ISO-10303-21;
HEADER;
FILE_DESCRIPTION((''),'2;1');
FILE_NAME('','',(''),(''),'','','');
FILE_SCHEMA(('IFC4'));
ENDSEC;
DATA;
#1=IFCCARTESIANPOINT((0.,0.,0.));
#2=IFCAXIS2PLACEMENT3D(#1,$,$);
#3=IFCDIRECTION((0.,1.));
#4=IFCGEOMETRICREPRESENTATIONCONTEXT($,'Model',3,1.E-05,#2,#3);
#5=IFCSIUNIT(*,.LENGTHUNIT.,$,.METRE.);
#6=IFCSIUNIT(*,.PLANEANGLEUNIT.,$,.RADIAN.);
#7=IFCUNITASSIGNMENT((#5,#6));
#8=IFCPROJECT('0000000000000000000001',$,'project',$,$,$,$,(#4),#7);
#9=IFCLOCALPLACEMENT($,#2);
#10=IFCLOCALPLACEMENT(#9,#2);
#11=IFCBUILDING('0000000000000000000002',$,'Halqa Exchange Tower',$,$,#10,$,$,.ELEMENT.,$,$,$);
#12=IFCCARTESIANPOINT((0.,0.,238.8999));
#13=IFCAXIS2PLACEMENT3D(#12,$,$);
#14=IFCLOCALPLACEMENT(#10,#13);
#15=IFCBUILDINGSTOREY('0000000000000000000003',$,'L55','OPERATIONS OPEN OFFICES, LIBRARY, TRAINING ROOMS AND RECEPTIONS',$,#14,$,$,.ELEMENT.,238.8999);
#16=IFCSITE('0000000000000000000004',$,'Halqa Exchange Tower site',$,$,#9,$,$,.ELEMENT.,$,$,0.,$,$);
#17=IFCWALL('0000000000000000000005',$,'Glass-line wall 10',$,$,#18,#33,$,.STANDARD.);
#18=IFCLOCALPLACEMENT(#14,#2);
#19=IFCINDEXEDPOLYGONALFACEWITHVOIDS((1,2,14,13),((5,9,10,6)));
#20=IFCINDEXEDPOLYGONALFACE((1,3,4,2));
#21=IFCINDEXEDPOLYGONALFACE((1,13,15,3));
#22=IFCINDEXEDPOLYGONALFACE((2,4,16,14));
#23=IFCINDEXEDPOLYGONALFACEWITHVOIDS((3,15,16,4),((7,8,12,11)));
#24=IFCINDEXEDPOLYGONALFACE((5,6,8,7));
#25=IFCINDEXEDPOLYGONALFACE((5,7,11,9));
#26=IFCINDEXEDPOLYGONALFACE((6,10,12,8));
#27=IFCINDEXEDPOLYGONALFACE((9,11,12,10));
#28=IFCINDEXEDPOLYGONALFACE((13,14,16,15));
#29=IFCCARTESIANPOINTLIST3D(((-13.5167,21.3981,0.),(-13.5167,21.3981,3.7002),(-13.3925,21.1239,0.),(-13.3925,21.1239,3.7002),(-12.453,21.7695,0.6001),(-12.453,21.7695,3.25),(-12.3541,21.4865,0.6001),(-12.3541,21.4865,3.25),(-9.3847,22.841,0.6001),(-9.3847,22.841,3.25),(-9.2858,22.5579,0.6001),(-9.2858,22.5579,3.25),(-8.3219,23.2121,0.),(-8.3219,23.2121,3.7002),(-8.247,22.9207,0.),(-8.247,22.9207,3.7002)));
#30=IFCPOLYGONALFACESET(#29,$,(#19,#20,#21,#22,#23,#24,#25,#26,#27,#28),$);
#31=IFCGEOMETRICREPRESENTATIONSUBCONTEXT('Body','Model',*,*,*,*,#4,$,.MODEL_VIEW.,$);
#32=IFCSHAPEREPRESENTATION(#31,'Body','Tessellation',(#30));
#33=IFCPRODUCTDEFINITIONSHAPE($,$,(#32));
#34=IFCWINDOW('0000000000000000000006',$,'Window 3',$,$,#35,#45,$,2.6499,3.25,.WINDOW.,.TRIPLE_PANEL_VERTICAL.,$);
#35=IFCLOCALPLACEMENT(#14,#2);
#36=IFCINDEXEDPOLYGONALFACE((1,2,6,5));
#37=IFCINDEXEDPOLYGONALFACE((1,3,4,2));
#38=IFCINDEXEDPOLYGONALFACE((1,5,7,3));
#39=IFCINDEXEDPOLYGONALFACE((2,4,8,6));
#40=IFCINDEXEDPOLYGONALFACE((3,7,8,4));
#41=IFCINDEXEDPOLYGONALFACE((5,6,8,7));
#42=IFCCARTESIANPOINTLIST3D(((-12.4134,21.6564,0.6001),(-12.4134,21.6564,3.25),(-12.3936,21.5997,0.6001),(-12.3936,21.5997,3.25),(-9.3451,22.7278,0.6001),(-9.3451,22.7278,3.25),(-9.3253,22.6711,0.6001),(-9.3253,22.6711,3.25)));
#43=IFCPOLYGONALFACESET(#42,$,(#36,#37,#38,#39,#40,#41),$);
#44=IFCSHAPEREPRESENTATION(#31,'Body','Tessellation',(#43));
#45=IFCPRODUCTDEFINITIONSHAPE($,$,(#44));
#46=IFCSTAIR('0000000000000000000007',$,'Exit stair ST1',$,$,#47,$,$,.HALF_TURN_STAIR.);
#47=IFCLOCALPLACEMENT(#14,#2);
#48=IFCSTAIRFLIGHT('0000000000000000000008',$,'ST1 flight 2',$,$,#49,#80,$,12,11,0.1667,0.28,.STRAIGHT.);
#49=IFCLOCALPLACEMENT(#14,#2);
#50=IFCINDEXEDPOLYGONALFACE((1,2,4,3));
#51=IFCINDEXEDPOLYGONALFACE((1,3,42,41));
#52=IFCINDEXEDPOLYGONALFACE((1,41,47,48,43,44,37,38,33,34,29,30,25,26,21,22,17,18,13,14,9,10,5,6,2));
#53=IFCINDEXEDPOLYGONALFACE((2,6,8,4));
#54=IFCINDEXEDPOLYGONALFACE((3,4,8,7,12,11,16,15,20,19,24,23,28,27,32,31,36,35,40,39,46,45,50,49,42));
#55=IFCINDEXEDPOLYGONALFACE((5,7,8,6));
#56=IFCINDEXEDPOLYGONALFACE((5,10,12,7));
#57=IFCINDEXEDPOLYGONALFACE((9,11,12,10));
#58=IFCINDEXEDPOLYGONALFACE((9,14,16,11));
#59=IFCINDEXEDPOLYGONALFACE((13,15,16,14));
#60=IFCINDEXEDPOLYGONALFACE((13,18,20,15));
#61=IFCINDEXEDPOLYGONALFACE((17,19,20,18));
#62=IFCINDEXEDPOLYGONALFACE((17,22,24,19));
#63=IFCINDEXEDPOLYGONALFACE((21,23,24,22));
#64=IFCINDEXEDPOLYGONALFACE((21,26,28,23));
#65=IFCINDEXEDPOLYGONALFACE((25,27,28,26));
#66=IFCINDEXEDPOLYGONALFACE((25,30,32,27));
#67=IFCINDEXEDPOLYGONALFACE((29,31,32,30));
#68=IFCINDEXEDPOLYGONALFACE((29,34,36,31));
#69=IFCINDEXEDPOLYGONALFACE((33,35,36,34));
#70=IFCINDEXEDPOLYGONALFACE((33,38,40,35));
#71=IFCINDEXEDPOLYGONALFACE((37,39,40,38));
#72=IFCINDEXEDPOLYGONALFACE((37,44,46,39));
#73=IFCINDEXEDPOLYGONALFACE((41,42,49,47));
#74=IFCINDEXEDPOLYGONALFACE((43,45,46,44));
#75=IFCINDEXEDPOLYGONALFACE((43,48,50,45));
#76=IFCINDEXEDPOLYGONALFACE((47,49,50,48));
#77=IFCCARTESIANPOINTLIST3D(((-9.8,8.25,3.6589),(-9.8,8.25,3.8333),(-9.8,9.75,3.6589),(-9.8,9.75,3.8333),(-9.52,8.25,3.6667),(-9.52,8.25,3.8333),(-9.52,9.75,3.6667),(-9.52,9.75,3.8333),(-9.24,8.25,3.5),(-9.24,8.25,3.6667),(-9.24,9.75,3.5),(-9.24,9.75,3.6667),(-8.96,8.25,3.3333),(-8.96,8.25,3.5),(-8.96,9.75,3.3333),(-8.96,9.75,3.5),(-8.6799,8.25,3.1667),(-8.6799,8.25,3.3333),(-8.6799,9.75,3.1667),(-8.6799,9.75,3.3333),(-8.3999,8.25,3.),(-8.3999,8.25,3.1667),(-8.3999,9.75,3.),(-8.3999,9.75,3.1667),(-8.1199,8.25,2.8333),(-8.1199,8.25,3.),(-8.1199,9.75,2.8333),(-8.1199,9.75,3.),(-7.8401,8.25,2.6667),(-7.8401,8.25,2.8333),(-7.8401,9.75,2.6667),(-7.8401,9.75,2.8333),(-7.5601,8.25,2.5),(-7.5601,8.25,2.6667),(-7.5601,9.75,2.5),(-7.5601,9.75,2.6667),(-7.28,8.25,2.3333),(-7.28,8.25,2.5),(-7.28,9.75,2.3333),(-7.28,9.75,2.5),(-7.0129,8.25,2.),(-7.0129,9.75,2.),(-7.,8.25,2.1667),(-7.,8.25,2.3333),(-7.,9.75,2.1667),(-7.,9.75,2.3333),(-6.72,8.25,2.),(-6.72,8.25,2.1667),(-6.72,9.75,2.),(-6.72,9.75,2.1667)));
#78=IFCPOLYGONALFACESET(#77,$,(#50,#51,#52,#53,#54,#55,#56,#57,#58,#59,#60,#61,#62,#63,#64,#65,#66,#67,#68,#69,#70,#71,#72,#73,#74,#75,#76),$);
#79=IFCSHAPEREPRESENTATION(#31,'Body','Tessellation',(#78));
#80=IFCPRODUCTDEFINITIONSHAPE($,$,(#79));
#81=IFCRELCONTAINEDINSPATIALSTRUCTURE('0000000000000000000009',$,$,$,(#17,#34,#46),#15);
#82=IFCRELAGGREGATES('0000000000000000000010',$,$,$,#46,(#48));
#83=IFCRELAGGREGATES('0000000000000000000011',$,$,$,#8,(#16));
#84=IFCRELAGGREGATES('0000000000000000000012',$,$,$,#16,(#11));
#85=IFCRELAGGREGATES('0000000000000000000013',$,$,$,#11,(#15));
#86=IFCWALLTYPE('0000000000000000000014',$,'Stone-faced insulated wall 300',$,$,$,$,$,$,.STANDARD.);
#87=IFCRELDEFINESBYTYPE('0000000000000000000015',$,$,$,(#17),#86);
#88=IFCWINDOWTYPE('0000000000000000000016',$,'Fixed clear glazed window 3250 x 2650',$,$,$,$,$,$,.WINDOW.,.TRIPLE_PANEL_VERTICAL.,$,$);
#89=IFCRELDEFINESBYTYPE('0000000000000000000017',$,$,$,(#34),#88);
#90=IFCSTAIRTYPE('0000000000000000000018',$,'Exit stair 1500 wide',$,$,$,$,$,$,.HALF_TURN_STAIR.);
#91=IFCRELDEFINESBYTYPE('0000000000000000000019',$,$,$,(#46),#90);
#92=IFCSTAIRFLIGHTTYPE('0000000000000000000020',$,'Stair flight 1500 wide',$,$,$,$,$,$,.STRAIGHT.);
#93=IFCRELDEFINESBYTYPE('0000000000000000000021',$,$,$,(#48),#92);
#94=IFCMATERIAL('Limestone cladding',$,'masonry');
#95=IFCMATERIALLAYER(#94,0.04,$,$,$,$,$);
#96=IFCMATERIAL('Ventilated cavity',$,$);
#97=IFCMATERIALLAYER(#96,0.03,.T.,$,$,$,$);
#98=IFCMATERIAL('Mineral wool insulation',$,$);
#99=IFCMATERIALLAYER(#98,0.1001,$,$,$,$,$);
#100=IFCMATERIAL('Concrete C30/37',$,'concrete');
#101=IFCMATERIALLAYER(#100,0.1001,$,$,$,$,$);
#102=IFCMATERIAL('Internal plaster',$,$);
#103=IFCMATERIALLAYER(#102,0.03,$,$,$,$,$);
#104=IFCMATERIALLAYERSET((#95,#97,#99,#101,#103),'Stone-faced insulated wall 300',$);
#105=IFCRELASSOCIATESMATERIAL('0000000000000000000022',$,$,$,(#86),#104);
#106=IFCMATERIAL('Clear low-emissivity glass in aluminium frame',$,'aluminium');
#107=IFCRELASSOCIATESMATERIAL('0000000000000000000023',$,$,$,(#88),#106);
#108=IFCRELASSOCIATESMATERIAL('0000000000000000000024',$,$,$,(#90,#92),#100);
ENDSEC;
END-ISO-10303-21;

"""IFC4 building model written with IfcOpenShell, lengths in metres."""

from ifc_helpers import new_model, si_unit, direction, frame, frame_2d, origin, place, context, subcontext, project, spatial, polyline, rectangle, outline, extrude, material, layer, layer_set, type_object, element, fill, aggregate, save


model = new_model("IFC4")

# Units and contexts
model_context = context("Model", 3, precision=1e-05, world=origin(), true_north=direction((0.0, 1.0)))
body_context = subcontext(model_context, "Body", "Model", "MODEL_VIEW")
ifc_project = project(units=[si_unit("LENGTHUNIT", "METRE"), si_unit("PLANEANGLEUNIT", "RADIAN")], contexts=[model_context])

# Site, building, storey
site_placement = place(None, origin())
site = spatial("IfcSite", under=ifc_project, at=site_placement, Name="Halqa Exchange Tower site", CompositionType="ELEMENT", RefElevation=0.0)
building_placement = place(site_placement, origin())
building = spatial("IfcBuilding", under=site, at=building_placement, Name="Halqa Exchange Tower", CompositionType="ELEMENT")
storey_placement = place(building_placement, frame((0.0, 0.0, 238.8999)))
storey = spatial("IfcBuildingStorey", under=building, at=storey_placement, Name="L55", Description="OPERATIONS OPEN OFFICES, LIBRARY, TRAINING ROOMS AND RECEPTIONS", CompositionType="ELEMENT", Elevation=238.8999)

# Shared definitions
ifc_material_1 = material(Name="Concrete C30/37", Category="concrete")

# Wall, opening, window
ifc_material_2 = material(Name="Limestone cladding", Category="masonry")
ifc_layer_1 = layer(ifc_material_2, 0.04)
ifc_material_3 = material(Name="Ventilated cavity")
ifc_layer_2 = layer(ifc_material_3, 0.03, ventilated=True)
ifc_material_4 = material(Name="Mineral wool insulation")
ifc_layer_3 = layer(ifc_material_4, 0.1001)
ifc_layer_4 = layer(ifc_material_1, 0.1001)
ifc_material_5 = material(Name="Internal plaster")
ifc_layer_5 = layer(ifc_material_5, 0.03)
ifc_layer_set_1 = layer_set([ifc_layer_1, ifc_layer_2, ifc_layer_3, ifc_layer_4, ifc_layer_5], Name="Stone-faced insulated wall 300")
wall_type_1 = type_object("IfcWallType", Name="Stone-faced insulated wall 300", PredefinedType="STANDARD", material=ifc_layer_set_1)
ifc_material_6 = material(Name="Clear low-emissivity glass in aluminium frame", Category="aluminium")
window_type = type_object("IfcWindowType", Name="Fixed clear glazed window 3250 x 2650", PartitioningType="TRIPLE_PANEL_VERTICAL", PredefinedType="WINDOW", material=ifc_material_6)
wall_1_placement = place(storey_placement, frame((-8.2844, 23.0664, 0.0), z_axis=(0.0, 0.0, 1.0), x_axis=(-0.944094, -0.329677, 0.0)))
wall_1 = element("IfcWall", 1, at=wall_1_placement, inside=storey, type_object=wall_type_1, Name="Glass-line wall 10", PredefinedType="STANDARD", context=body_context, shape_type="SweptSolid", body=[
    extrude(outline(polyline([(-0.0127, -0.1499), (5.4897, -0.1499), (5.4629, 0.1499), (0.0127, 0.1499), (-0.0127, -0.1499)])), origin(), (0.0, 0.0, 1.0), 3.7002),
])
opening_1_placement = place(wall_1_placement, frame((1.113, 0.0, 0.6001)))
opening_1 = element("IfcOpeningElement", 2, at=opening_1_placement, cuts=wall_1, PredefinedType="OPENING", context=body_context, shape_type="SweptSolid", body=[
    extrude(rectangle(XDim=3.25, YDim=2.6499, at=frame_2d((1.625, 1.325))), frame((0.0, 0.1621, 0.0), z_axis=(0.0, -1.0, 0.0), x_axis=(1.0, 0.0, 0.0)), (0.0, 0.0, 1.0), 0.324),
])
window_1_placement = place(opening_1_placement, origin())
window_1 = element("IfcWindow", 3, at=window_1_placement, inside=storey, type_object=window_type, Name="Window 3", OverallHeight=2.6499, OverallWidth=3.25, PartitioningType="TRIPLE_PANEL_VERTICAL", PredefinedType="WINDOW", context=body_context, shape_type="SweptSolid", body=[
    extrude(rectangle(XDim=3.25, YDim=2.6499, at=frame_2d((1.625, 1.325))), frame((0.0, 0.03, 0.0), z_axis=(0.0, -1.0, 0.0), x_axis=(1.0, 0.0, 0.0)), (0.0, 0.0, 1.0), 0.0601),
])
fill(opening_1, window_1)

# Stair, stair flight
stair_type = type_object("IfcStairType", Name="Exit stair 1500 wide", PredefinedType="HALF_TURN_STAIR", material=ifc_material_1)
stair_placement = place(storey_placement, origin())
stair = element("IfcStair", 4, at=stair_placement, inside=storey, type_object=stair_type, Name="Exit stair ST1", PredefinedType="HALF_TURN_STAIR")
stair_flight_type = type_object("IfcStairFlightType", Name="Stair flight 1500 wide", PredefinedType="STRAIGHT", material=ifc_material_1)
stair_flight_placement = place(storey_placement, frame((-6.72, 9.0, 2.0), z_axis=(0.0, 0.0, 1.0), x_axis=(-1.0, 0.0, 0.0)))
stair_flight = element("IfcStairFlight", 5, at=stair_flight_placement, type_object=stair_flight_type, Name="ST1 flight 2", NumberOfRisers=12, NumberOfTreads=11, PredefinedType="STRAIGHT", RiserHeight=0.1667, TreadLength=0.28, context=body_context, shape_type="SweptSolid", body=[
    extrude(outline(polyline([(0.0, 0.0), (0.0, 0.1667), (0.28, 0.1667), (0.28, 0.3333), (0.5601, 0.3333), (0.5601, 0.5), (0.8401, 0.5), (0.8401, 0.6667), (1.1201, 0.6667), (1.1201, 0.8333), (1.3999, 0.8333), (1.3999, 1.0), (1.6799, 1.0), (1.6799, 1.1667), (1.96, 1.1667), (1.96, 1.3333), (2.24, 1.3333), (2.24, 1.5), (2.52, 1.5), (2.52, 1.6667), (2.8, 1.6667), (2.8, 1.8333), (3.0801, 1.8333), (3.0801, 2.0), (3.0801, 1.6589), (0.293, 0.0), (0.0, 0.0)])), frame((0.0, 0.75, 0.0), z_axis=(0.0, -1.0, 0.0), x_axis=(1.0, 0.0, 0.0)), (0.0, 0.0, 1.0), 1.5),
])
aggregate(stair, [stair_flight])

save(model, "model.ifc")
